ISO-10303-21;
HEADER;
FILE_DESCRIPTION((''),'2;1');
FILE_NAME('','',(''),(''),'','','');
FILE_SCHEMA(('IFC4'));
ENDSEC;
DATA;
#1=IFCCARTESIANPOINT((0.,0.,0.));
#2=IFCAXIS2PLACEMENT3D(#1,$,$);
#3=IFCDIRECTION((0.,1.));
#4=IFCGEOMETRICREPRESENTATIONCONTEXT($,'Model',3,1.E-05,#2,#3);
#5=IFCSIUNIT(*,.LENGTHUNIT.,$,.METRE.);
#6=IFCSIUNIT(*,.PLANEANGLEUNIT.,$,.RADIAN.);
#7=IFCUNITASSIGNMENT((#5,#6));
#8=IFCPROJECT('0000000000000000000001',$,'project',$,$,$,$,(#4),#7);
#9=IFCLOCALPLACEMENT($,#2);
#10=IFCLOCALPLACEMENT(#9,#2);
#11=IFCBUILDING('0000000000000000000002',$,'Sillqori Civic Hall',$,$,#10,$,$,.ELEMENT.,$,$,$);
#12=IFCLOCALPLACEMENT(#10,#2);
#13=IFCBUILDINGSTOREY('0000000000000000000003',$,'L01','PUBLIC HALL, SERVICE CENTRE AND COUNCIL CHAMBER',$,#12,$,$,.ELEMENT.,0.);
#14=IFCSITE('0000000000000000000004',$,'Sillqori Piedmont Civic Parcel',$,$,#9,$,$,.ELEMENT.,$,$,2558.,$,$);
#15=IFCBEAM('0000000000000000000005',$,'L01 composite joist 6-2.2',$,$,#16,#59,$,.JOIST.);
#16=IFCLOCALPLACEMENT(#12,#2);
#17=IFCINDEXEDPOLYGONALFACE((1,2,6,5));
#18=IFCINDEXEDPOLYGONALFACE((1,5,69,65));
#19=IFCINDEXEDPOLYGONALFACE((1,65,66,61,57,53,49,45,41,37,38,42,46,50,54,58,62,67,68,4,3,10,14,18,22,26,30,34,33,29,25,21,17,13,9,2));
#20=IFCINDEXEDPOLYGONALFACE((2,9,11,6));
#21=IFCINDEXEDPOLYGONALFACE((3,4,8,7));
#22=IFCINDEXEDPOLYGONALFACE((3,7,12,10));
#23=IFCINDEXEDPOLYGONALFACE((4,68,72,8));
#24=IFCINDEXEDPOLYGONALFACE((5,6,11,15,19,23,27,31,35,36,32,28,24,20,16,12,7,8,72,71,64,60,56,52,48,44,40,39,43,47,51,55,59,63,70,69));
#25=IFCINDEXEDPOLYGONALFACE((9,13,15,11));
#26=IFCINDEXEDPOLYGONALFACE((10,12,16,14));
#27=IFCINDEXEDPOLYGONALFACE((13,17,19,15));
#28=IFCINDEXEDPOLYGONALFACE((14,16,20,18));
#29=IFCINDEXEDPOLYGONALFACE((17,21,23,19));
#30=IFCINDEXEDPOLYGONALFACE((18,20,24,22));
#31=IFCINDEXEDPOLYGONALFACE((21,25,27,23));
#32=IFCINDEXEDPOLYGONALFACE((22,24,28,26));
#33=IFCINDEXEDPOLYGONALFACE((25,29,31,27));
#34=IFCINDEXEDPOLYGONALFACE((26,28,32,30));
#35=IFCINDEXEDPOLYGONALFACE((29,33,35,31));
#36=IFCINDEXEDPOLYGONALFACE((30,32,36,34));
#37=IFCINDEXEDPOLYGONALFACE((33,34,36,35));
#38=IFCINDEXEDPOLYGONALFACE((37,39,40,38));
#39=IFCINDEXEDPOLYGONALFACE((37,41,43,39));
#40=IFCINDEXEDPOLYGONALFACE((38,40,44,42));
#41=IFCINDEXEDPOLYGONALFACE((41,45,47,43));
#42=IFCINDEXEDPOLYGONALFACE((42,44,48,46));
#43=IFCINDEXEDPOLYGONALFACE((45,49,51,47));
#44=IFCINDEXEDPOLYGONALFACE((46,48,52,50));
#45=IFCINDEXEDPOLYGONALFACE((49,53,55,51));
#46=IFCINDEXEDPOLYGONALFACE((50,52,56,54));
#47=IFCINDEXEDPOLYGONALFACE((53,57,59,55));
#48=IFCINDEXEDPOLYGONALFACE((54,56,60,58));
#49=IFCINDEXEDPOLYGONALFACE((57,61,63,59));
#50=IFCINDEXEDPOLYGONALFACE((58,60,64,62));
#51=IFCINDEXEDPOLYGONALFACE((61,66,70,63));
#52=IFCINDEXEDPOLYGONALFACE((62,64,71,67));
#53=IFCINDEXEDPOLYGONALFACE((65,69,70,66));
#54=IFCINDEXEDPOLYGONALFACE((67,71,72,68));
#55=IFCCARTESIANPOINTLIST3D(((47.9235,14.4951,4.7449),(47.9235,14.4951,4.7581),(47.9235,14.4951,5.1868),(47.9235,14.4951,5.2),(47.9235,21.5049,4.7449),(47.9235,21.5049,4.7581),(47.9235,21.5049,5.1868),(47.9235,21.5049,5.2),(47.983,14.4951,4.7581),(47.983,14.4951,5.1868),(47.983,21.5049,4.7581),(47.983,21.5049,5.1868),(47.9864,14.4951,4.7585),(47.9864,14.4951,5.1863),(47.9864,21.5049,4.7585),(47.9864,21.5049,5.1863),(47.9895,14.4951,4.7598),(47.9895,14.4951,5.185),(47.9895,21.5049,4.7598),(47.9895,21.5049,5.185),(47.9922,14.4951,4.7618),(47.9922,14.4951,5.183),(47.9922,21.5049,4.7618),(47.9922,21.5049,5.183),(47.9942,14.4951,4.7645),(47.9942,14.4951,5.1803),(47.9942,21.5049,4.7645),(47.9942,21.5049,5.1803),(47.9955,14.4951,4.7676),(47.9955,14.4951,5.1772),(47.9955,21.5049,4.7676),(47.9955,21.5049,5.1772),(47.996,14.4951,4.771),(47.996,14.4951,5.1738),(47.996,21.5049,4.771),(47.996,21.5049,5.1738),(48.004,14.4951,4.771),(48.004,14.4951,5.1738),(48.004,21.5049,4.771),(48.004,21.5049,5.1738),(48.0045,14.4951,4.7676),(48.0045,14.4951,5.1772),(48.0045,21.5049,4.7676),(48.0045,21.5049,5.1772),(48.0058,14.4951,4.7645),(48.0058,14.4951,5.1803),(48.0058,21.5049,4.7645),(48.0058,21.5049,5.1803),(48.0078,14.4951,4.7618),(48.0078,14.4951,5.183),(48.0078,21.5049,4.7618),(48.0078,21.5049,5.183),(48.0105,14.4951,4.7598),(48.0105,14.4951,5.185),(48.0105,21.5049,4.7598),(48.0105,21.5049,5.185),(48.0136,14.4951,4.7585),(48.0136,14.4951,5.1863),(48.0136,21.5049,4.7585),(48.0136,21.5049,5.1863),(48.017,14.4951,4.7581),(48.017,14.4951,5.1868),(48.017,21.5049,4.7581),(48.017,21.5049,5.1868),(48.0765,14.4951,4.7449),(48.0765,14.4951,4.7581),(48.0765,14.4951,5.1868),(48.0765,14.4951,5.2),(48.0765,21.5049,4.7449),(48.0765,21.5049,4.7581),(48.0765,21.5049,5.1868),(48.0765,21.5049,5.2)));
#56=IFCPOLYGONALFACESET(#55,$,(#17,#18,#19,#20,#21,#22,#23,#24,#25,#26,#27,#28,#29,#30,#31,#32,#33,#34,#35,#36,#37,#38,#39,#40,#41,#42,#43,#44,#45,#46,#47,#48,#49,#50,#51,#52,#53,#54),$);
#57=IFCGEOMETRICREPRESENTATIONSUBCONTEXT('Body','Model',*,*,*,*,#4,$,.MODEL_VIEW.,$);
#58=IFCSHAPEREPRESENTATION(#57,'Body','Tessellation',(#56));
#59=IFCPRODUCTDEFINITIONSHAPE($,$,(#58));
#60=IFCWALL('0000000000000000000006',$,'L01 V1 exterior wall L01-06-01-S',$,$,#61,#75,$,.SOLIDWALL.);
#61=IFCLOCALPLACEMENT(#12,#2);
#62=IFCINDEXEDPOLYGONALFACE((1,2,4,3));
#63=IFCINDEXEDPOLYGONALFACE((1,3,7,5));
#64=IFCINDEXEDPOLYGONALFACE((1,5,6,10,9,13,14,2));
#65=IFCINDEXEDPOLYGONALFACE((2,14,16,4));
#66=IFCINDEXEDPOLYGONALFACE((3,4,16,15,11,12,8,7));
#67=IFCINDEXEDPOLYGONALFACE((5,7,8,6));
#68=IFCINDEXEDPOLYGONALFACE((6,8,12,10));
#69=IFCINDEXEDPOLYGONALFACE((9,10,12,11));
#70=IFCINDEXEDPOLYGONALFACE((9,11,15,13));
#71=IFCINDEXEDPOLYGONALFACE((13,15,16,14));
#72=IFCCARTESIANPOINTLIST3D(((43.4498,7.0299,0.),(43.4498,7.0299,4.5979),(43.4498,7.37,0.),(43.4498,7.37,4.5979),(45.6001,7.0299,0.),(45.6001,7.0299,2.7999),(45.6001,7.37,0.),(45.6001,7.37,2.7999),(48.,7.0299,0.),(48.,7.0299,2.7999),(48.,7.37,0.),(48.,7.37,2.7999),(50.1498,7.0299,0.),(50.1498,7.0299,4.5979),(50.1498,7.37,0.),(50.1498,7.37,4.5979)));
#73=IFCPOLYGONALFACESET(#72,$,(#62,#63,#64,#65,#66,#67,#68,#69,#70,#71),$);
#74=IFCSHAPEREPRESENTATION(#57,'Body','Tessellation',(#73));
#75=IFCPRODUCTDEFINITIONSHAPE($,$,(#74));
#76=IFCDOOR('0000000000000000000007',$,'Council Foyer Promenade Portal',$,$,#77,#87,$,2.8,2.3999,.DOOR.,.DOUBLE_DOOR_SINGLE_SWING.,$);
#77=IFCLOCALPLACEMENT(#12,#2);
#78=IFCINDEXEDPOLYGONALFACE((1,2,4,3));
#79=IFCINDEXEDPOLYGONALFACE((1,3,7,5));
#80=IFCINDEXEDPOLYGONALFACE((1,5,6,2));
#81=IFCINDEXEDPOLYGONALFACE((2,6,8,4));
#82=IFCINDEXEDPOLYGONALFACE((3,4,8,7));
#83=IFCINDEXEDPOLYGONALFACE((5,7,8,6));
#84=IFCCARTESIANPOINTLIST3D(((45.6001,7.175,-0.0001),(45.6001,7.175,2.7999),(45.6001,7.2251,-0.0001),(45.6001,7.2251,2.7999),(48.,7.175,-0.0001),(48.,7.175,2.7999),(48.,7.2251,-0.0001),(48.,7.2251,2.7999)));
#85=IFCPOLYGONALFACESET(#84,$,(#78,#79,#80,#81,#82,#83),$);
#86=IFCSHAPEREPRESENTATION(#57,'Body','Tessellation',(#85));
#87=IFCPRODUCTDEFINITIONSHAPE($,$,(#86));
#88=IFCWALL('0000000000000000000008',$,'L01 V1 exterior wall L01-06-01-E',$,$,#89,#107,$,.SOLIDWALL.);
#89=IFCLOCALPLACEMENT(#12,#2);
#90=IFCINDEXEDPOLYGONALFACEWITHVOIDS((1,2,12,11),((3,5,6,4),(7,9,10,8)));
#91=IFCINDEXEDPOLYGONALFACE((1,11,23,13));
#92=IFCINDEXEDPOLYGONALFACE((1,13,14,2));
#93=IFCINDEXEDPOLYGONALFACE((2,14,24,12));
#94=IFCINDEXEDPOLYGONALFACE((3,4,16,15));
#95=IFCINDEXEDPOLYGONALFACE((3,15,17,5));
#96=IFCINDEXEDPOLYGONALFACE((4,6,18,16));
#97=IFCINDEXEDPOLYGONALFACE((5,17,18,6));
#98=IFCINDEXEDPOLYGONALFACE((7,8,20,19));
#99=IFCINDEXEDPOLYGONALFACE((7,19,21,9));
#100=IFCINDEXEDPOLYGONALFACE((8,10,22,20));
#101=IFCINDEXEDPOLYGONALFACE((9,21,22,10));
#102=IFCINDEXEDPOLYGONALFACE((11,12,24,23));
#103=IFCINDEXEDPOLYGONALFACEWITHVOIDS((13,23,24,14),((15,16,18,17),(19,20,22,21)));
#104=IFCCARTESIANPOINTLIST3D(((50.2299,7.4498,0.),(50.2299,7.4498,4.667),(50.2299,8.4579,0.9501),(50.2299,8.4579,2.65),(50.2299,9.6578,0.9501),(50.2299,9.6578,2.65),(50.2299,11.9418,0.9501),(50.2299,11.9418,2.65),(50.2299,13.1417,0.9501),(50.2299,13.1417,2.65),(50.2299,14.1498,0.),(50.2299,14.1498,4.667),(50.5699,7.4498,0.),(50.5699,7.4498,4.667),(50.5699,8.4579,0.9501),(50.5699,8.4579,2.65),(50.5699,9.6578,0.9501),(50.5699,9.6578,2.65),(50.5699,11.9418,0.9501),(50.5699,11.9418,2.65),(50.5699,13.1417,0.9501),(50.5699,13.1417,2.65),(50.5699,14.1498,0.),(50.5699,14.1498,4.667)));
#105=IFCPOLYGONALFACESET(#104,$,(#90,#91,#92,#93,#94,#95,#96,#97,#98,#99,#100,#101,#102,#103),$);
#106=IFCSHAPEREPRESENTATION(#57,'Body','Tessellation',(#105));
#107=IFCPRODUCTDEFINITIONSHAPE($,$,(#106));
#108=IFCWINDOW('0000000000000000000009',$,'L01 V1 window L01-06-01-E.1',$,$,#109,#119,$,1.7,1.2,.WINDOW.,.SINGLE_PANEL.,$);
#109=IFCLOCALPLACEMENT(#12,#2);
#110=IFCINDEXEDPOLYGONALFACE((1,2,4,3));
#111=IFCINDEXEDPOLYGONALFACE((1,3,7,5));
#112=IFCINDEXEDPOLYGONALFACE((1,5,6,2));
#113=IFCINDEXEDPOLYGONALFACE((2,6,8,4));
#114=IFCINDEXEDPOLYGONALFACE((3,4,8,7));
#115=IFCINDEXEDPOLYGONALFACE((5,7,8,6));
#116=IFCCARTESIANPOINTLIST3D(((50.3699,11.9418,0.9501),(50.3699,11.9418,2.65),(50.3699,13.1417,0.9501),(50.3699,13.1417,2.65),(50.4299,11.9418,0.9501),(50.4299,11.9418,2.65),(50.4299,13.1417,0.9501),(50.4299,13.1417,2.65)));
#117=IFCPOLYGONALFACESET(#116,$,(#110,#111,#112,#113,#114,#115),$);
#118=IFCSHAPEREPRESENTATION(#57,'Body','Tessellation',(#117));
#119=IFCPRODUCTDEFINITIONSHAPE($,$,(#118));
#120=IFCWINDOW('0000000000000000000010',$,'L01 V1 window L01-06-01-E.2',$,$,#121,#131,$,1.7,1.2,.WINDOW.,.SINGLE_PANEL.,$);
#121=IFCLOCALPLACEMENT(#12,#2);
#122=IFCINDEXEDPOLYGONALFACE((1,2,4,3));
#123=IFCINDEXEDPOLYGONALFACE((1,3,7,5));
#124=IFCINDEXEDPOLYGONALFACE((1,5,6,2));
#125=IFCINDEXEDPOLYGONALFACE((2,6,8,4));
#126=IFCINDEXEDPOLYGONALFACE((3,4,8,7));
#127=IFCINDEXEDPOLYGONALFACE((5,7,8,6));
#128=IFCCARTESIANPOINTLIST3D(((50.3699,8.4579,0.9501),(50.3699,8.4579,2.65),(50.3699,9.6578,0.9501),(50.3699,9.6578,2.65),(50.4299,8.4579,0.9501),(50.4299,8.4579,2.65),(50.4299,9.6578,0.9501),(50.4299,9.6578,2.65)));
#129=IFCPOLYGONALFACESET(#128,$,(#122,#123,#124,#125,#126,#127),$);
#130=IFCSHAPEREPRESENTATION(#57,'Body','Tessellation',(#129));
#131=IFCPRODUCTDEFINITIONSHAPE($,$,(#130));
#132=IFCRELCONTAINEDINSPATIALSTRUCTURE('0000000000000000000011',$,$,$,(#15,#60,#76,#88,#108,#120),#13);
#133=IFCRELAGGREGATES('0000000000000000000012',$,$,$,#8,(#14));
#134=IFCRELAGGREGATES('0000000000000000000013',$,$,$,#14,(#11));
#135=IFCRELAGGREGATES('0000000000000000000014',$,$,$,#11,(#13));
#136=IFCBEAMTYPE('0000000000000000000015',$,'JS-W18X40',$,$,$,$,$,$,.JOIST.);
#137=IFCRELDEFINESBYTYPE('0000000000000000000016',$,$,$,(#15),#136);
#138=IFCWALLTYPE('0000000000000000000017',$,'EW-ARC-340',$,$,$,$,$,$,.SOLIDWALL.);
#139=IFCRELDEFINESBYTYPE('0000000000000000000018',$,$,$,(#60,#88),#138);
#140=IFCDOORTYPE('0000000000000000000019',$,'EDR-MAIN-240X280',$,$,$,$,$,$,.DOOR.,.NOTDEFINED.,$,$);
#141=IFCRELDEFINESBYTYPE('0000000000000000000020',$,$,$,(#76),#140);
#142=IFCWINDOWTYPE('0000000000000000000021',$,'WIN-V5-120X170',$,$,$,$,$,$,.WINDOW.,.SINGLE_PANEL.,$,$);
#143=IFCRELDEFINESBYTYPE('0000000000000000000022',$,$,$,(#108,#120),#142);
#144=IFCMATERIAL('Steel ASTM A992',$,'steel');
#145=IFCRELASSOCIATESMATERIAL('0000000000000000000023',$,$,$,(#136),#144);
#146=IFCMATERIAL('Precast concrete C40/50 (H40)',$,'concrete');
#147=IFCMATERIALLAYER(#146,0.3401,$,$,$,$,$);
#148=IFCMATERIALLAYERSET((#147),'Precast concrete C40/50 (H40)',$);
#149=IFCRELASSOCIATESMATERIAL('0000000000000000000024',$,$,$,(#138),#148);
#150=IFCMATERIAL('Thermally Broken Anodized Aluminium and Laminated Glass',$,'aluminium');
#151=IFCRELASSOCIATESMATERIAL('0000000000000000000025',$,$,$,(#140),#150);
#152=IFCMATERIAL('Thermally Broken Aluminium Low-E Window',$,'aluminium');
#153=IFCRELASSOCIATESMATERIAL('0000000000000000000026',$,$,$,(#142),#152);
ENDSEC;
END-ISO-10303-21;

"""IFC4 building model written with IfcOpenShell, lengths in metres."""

from ifc_helpers import new_model, si_unit, direction, frame, frame_2d, origin, origin_2d, place, context, subcontext, project, spatial, rectangle, i_section, extrude, material, layer, layer_set, material_profile, profile_set, type_object, element, fill, save


model = new_model("IFC4")

# Units and contexts
model_context = context("Model", 3, precision=1e-05, world=origin(), true_north=direction((0.0, 1.0)))
body_context = subcontext(model_context, "Body", "Model", "MODEL_VIEW")
ifc_project = project(units=[si_unit("LENGTHUNIT", "METRE"), si_unit("PLANEANGLEUNIT", "RADIAN")], contexts=[model_context])

# Site, building, storey
site_placement = place(None, origin())
site = spatial("IfcSite", under=ifc_project, at=site_placement, Name="Sillqori Piedmont Civic Parcel", CompositionType="ELEMENT", RefElevation=2558.0)
building_placement = place(site_placement, origin())
building = spatial("IfcBuilding", under=site, at=building_placement, Name="Sillqori Civic Hall", CompositionType="ELEMENT")
storey_placement = place(building_placement, origin())
storey = spatial("IfcBuildingStorey", under=building, at=storey_placement, Name="L01", Description="PUBLIC HALL, SERVICE CENTRE AND COUNCIL CHAMBER", CompositionType="ELEMENT", Elevation=0.0)

# Beam
ifc_material_1 = material(Name="Steel ASTM A992", Category="steel")
ifc_material_profile_1 = material_profile(ifc_material_1, i_section(OverallWidth=0.1531, OverallDepth=0.4551, WebThickness=0.0081, FlangeThickness=0.0132, FilletRadius=0.0129, at=origin_2d()), Name="W18X40")
ifc_profile_set_1 = profile_set([ifc_material_profile_1], Name="Steel ASTM A992")
beam_type_1 = type_object("IfcBeamType", Name="JS-W18X40", PredefinedType="JOIST", material=ifc_profile_set_1)
beam_1_placement = place(storey_placement, frame((48.0, 14.4951, 4.9724), z_axis=(0.0, 1.0, 0.0), x_axis=(-1.0, 0.0, 0.0)))
element("IfcBeam", 1, at=beam_1_placement, inside=storey, type_object=beam_type_1, Name="L01 composite joist 6-2.2", PredefinedType="JOIST", context=body_context, shape_type="SweptSolid", body=[
    extrude(i_section(OverallWidth=0.1531, OverallDepth=0.4551, WebThickness=0.0081, FlangeThickness=0.0132, FilletRadius=0.0129, at=origin_2d()), origin(), (0.0, 0.0, 1.0), 7.0098),
])

# Wall, opening, door
ifc_material_2 = material(Name="Precast concrete C40/50 (H40)", Category="concrete")
ifc_layer_1 = layer(ifc_material_2, 0.3401)
ifc_layer_set_1 = layer_set([ifc_layer_1], Name="Precast concrete C40/50 (H40)")
wall_type = type_object("IfcWallType", Name="EW-ARC-340", PredefinedType="SOLIDWALL", material=ifc_layer_set_1)
wall_1_placement = place(storey_placement, frame((50.1499, 7.2, 0.0), z_axis=(0.0, 0.0, 1.0), x_axis=(-1.0, 0.0, 0.0)))
wall_1 = element("IfcWall", 2, at=wall_1_placement, inside=storey, type_object=wall_type, Name="L01 V1 exterior wall L01-06-01-S", PredefinedType="SOLIDWALL", context=body_context, shape_type="SweptSolid", body=[
    extrude(rectangle(XDim=6.7, YDim=0.3401, at=frame_2d((3.3501, 0.0))), origin(), (0.0, 0.0, 1.0), 4.5979),
])
opening_1_placement = place(wall_1_placement, frame((2.1499, 0.0, 0.0)))
opening_1 = element("IfcOpeningElement", 3, at=opening_1_placement, cuts=wall_1, PredefinedType="OPENING", context=body_context, shape_type="SweptSolid", body=[
    extrude(rectangle(XDim=2.3999, YDim=2.8, at=frame_2d((1.2, 1.3999))), frame((0.0, 0.1799, 0.0), z_axis=(0.0, -1.0, 0.0), x_axis=(1.0, 0.0, 0.0)), (0.0, 0.0, 1.0), 0.3601),
])
ifc_material_3 = material(Name="Thermally Broken Anodized Aluminium and Laminated Glass", Category="aluminium")
door_type = type_object("IfcDoorType", Name="EDR-MAIN-240X280", OperationType="NOTDEFINED", PredefinedType="DOOR", material=ifc_material_3)
door_placement = place(opening_1_placement, origin())
door = element("IfcDoor", 4, at=door_placement, inside=storey, type_object=door_type, Name="Council Foyer Promenade Portal", OperationType="DOUBLE_DOOR_SINGLE_SWING", OverallHeight=2.8, OverallWidth=2.3999, PredefinedType="DOOR", context=body_context, shape_type="SweptSolid", body=[
    extrude(rectangle(XDim=2.3999, YDim=2.8, at=frame_2d((1.2, 1.3999))), frame((0.0, 0.0249, 0.0), z_axis=(0.0, -1.0, 0.0), x_axis=(1.0, 0.0, 0.0)), (0.0, 0.0, 1.0), 0.05),
])
fill(opening_1, door)

# Wall, openings, windows
wall_2_placement = place(storey_placement, frame((50.3999, 14.1499, 0.0), z_axis=(0.0, 0.0, 1.0), x_axis=(0.0, -1.0, 0.0)))
wall_2 = element("IfcWall", 5, at=wall_2_placement, inside=storey, type_object=wall_type, Name="L01 V1 exterior wall L01-06-01-E", PredefinedType="SOLIDWALL", context=body_context, shape_type="SweptSolid", body=[
    extrude(rectangle(XDim=6.7, YDim=0.3401, at=frame_2d((3.3501, 0.0))), origin(), (0.0, 0.0, 1.0), 4.667),
])
opening_2_placement = place(wall_2_placement, frame((1.0081, 0.0, 0.95)))
opening_2 = element("IfcOpeningElement", 6, at=opening_2_placement, cuts=wall_2, PredefinedType="OPENING", context=body_context, shape_type="SweptSolid", body=[
    extrude(rectangle(XDim=1.2, YDim=1.7, at=frame_2d((0.6001, 0.8501))), frame((0.0, 0.1799, 0.0), z_axis=(0.0, -1.0, 0.0), x_axis=(1.0, 0.0, 0.0)), (0.0, 0.0, 1.0), 0.3601),
])
opening_3_placement = place(wall_2_placement, frame((4.4919, 0.0, 0.95)))
opening_3 = element("IfcOpeningElement", 7, at=opening_3_placement, cuts=wall_2, PredefinedType="OPENING", context=body_context, shape_type="SweptSolid", body=[
    extrude(rectangle(XDim=1.2, YDim=1.7, at=frame_2d((0.6001, 0.8501))), frame((0.0, 0.1799, 0.0), z_axis=(0.0, -1.0, 0.0), x_axis=(1.0, 0.0, 0.0)), (0.0, 0.0, 1.0), 0.3601),
])
ifc_material_4 = material(Name="Thermally Broken Aluminium Low-E Window", Category="aluminium")
window_type = type_object("IfcWindowType", Name="WIN-V5-120X170", PartitioningType="SINGLE_PANEL", PredefinedType="WINDOW", material=ifc_material_4)
window_1_placement = place(opening_2_placement, origin())
window_1 = element("IfcWindow", 8, at=window_1_placement, inside=storey, type_object=window_type, Name="L01 V1 window L01-06-01-E.1", OverallHeight=1.7, OverallWidth=1.2, PartitioningType="SINGLE_PANEL", PredefinedType="WINDOW", context=body_context, shape_type="SweptSolid", body=[
    extrude(rectangle(XDim=1.2, YDim=1.7, at=frame_2d((0.6001, 0.8501))), frame((0.0, 0.03, 0.0), z_axis=(0.0, -1.0, 0.0), x_axis=(1.0, 0.0, 0.0)), (0.0, 0.0, 1.0), 0.0601),
])
fill(opening_2, window_1)
window_2_placement = place(opening_3_placement, origin())
window_2 = element("IfcWindow", 9, at=window_2_placement, inside=storey, type_object=window_type, Name="L01 V1 window L01-06-01-E.2", OverallHeight=1.7, OverallWidth=1.2, PartitioningType="SINGLE_PANEL", PredefinedType="WINDOW", context=body_context, shape_type="SweptSolid", body=[
    extrude(rectangle(XDim=1.2, YDim=1.7, at=frame_2d((0.6001, 0.8501))), frame((0.0, 0.03, 0.0), z_axis=(0.0, -1.0, 0.0), x_axis=(1.0, 0.0, 0.0)), (0.0, 0.0, 1.0), 0.0601),
])
fill(opening_3, window_2)

save(model, "model.ifc")
